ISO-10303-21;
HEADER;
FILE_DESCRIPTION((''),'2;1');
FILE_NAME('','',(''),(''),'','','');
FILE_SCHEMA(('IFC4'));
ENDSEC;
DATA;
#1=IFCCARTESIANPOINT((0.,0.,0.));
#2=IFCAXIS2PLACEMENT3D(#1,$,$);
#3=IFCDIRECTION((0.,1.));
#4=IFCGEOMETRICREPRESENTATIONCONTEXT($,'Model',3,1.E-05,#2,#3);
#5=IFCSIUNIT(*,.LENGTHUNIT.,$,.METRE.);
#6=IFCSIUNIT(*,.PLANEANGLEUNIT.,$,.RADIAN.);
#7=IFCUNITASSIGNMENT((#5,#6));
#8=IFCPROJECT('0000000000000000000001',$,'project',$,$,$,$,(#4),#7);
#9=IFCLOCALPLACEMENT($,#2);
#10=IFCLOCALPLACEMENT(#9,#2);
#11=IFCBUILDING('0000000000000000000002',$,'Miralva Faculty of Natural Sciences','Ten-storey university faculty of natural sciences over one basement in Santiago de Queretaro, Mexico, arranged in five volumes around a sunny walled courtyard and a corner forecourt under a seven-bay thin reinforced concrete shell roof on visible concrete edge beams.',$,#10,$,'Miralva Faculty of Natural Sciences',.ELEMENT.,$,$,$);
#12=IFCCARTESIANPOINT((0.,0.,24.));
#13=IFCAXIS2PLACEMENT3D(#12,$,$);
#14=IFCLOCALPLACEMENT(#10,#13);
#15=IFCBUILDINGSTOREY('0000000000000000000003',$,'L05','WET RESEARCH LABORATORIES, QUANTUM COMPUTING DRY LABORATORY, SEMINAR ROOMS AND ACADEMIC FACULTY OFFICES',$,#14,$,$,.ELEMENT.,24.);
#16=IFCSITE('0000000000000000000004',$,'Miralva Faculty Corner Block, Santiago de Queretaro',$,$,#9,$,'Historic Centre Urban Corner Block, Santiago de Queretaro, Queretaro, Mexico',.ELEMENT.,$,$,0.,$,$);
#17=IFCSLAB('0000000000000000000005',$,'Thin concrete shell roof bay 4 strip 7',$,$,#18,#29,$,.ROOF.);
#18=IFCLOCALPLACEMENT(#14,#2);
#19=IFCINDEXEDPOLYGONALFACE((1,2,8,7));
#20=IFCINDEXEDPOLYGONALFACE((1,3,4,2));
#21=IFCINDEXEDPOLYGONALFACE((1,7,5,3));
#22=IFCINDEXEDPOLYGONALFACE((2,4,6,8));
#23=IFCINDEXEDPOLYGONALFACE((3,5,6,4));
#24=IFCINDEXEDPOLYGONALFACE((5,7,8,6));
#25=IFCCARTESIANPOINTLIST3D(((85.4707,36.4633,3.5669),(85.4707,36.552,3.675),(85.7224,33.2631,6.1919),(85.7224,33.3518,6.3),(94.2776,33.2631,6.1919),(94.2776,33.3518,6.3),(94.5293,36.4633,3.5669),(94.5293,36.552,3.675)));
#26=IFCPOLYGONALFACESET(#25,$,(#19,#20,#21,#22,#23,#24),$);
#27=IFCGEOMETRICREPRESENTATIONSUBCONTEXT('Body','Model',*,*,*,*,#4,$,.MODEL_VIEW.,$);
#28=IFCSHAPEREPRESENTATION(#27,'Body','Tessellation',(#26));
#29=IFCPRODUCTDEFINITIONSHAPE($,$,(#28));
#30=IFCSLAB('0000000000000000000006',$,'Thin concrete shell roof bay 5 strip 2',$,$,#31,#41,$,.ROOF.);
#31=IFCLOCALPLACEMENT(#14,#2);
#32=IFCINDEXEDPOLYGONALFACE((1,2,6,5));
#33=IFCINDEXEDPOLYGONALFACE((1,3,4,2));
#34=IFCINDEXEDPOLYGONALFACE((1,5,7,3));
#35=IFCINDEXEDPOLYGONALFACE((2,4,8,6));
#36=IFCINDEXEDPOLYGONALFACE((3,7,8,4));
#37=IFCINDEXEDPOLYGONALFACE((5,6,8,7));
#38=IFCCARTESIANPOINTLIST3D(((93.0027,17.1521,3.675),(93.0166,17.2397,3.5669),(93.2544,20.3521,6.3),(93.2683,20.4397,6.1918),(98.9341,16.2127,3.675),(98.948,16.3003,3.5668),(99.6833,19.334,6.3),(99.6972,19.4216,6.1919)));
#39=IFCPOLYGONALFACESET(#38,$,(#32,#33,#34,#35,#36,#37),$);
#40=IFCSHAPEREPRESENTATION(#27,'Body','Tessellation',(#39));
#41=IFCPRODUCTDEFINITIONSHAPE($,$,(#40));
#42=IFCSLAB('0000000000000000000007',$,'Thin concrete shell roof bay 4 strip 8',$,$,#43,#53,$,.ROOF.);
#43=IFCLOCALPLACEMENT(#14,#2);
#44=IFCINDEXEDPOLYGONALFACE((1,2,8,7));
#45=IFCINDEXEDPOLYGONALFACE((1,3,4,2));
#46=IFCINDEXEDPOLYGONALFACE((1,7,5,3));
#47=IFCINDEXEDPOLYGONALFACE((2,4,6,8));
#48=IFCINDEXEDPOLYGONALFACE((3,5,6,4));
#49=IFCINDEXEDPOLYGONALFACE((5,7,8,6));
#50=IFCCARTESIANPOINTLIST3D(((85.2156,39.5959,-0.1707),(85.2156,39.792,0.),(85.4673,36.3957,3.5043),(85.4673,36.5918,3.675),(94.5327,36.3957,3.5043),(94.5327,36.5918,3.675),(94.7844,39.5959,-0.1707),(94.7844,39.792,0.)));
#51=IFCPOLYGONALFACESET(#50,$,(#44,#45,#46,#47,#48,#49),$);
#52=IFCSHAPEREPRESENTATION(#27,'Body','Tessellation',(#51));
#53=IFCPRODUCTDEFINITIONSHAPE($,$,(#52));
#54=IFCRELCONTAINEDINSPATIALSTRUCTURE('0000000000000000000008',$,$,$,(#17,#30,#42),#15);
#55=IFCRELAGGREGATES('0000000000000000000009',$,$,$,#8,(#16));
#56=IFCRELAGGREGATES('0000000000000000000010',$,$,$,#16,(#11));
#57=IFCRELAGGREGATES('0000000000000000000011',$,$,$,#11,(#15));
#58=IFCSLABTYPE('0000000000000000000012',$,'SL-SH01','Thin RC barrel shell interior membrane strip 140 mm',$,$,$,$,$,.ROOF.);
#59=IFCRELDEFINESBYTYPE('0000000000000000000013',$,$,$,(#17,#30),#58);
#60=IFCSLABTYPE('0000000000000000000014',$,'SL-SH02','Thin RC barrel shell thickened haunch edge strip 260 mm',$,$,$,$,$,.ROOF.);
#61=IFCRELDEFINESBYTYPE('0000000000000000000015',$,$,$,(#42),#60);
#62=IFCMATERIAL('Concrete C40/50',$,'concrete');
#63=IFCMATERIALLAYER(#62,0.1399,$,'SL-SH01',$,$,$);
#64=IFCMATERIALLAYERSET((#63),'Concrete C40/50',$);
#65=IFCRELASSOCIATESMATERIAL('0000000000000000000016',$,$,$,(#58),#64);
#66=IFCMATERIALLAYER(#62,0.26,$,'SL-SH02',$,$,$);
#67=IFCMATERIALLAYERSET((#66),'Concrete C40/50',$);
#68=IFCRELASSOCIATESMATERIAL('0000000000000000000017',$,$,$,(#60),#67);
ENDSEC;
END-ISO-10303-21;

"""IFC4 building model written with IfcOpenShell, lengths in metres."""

from ifc_helpers import new_model, si_unit, direction, frame, origin, place, context, subcontext, project, spatial, polyline, outline, extrude, material, layer, layer_set, type_object, element, save


model = new_model("IFC4")

# Units and contexts
model_context = context("Model", 3, precision=1e-05, world=origin(), true_north=direction((0.0, 1.0)))
body_context = subcontext(model_context, "Body", "Model", "MODEL_VIEW")
ifc_project = project(units=[si_unit("LENGTHUNIT", "METRE"), si_unit("PLANEANGLEUNIT", "RADIAN")], contexts=[model_context])

# Site, building, storey
site_placement = place(None, origin())
site = spatial("IfcSite", under=ifc_project, at=site_placement, Name="Miralva Faculty Corner Block, Santiago de Queretaro", LongName="Historic Centre Urban Corner Block, Santiago de Queretaro, Queretaro, Mexico", CompositionType="ELEMENT", RefElevation=0.0)
building_placement = place(site_placement, origin())
building = spatial("IfcBuilding", under=site, at=building_placement, Name="Miralva Faculty of Natural Sciences", Description="Ten-storey university faculty of natural sciences over one basement in Santiago de Queretaro, Mexico, arranged in five volumes around a sunny walled courtyard and a corner forecourt under a seven-bay thin reinforced concrete shell roof on visible concrete edge beams.", LongName="Miralva Faculty of Natural Sciences", CompositionType="ELEMENT")
storey_placement = place(building_placement, frame((0.0, 0.0, 24.0)))
storey = spatial("IfcBuildingStorey", under=building, at=storey_placement, Name="L05", Description="WET RESEARCH LABORATORIES, QUANTUM COMPUTING DRY LABORATORY, SEMINAR ROOMS AND ACADEMIC FACULTY OFFICES", CompositionType="ELEMENT", Elevation=24.0)

# Shared definitions
ifc_material_1 = material(Name="Concrete C40/50", Category="concrete")

# Slabs
ifc_layer_1 = layer(ifc_material_1, 0.1399, Name="SL-SH01")
ifc_layer_set_1 = layer_set([ifc_layer_1], Name="Concrete C40/50")
slab_type_1 = type_object("IfcSlabType", Name="SL-SH01", Description="Thin RC barrel shell interior membrane strip 140 mm", PredefinedType="ROOF", material=ifc_layer_set_1)
slab_1_placement = place(storey_placement, frame((85.7224, 33.3518, 6.3), z_axis=(0.0, 0.634201, 0.773168), x_axis=(1.0, 0.0, 0.0)))
element("IfcSlab", 1, at=slab_1_placement, inside=storey, type_object=slab_type_1, Name="Thin concrete shell roof bay 4 strip 7", PredefinedType="ROOF", context=body_context, shape_type="SweptSolid", body=[
    extrude(outline(polyline([(0.0, 0.0), (8.5552, 0.0), (8.8069, 4.1391), (-0.2517, 4.1391), (0.0, 0.0)])), origin(), (0.0, 0.0, -1.0), 0.1399),
])
slab_2_placement = place(storey_placement, frame((93.0027, 17.1521, 3.675), z_axis=(-0.099206, -0.626414, 0.773152), x_axis=(0.987689, -0.15643, -0.000007)))
element("IfcSlab", 2, at=slab_2_placement, inside=storey, type_object=slab_type_1, Name="Thin concrete shell roof bay 5 strip 2", PredefinedType="ROOF", context=body_context, shape_type="SweptSolid", body=[
    extrude(outline(polyline([(0.0, 0.0), (6.0053, 0.0), (6.2571, 4.139), (-0.252, 4.1389), (0.0, 0.0)])), origin(), (0.0, 0.0, -1.0), 0.1399),
])
ifc_layer_2 = layer(ifc_material_1, 0.26, Name="SL-SH02")
ifc_layer_set_2 = layer_set([ifc_layer_2], Name="Concrete C40/50")
slab_type_2 = type_object("IfcSlabType", Name="SL-SH02", Description="Thin RC barrel shell thickened haunch edge strip 260 mm", PredefinedType="ROOF", material=ifc_layer_set_2)
slab_3_placement = place(storey_placement, frame((85.4673, 36.5918, 3.675), z_axis=(0.0, 0.754148, 0.656704), x_axis=(1.0, 0.0, 0.0)))
element("IfcSlab", 3, at=slab_3_placement, inside=storey, type_object=slab_type_2, Name="Thin concrete shell roof bay 4 strip 8", PredefinedType="ROOF", context=body_context, shape_type="SweptSolid", body=[
    extrude(outline(polyline([(0.0, 0.0), (9.0654, 0.0), (9.3171, 4.8731), (-0.2517, 4.8731), (0.0, 0.0)])), origin(), (0.0, 0.0, -1.0), 0.26),
])

save(model, "model.ifc")
